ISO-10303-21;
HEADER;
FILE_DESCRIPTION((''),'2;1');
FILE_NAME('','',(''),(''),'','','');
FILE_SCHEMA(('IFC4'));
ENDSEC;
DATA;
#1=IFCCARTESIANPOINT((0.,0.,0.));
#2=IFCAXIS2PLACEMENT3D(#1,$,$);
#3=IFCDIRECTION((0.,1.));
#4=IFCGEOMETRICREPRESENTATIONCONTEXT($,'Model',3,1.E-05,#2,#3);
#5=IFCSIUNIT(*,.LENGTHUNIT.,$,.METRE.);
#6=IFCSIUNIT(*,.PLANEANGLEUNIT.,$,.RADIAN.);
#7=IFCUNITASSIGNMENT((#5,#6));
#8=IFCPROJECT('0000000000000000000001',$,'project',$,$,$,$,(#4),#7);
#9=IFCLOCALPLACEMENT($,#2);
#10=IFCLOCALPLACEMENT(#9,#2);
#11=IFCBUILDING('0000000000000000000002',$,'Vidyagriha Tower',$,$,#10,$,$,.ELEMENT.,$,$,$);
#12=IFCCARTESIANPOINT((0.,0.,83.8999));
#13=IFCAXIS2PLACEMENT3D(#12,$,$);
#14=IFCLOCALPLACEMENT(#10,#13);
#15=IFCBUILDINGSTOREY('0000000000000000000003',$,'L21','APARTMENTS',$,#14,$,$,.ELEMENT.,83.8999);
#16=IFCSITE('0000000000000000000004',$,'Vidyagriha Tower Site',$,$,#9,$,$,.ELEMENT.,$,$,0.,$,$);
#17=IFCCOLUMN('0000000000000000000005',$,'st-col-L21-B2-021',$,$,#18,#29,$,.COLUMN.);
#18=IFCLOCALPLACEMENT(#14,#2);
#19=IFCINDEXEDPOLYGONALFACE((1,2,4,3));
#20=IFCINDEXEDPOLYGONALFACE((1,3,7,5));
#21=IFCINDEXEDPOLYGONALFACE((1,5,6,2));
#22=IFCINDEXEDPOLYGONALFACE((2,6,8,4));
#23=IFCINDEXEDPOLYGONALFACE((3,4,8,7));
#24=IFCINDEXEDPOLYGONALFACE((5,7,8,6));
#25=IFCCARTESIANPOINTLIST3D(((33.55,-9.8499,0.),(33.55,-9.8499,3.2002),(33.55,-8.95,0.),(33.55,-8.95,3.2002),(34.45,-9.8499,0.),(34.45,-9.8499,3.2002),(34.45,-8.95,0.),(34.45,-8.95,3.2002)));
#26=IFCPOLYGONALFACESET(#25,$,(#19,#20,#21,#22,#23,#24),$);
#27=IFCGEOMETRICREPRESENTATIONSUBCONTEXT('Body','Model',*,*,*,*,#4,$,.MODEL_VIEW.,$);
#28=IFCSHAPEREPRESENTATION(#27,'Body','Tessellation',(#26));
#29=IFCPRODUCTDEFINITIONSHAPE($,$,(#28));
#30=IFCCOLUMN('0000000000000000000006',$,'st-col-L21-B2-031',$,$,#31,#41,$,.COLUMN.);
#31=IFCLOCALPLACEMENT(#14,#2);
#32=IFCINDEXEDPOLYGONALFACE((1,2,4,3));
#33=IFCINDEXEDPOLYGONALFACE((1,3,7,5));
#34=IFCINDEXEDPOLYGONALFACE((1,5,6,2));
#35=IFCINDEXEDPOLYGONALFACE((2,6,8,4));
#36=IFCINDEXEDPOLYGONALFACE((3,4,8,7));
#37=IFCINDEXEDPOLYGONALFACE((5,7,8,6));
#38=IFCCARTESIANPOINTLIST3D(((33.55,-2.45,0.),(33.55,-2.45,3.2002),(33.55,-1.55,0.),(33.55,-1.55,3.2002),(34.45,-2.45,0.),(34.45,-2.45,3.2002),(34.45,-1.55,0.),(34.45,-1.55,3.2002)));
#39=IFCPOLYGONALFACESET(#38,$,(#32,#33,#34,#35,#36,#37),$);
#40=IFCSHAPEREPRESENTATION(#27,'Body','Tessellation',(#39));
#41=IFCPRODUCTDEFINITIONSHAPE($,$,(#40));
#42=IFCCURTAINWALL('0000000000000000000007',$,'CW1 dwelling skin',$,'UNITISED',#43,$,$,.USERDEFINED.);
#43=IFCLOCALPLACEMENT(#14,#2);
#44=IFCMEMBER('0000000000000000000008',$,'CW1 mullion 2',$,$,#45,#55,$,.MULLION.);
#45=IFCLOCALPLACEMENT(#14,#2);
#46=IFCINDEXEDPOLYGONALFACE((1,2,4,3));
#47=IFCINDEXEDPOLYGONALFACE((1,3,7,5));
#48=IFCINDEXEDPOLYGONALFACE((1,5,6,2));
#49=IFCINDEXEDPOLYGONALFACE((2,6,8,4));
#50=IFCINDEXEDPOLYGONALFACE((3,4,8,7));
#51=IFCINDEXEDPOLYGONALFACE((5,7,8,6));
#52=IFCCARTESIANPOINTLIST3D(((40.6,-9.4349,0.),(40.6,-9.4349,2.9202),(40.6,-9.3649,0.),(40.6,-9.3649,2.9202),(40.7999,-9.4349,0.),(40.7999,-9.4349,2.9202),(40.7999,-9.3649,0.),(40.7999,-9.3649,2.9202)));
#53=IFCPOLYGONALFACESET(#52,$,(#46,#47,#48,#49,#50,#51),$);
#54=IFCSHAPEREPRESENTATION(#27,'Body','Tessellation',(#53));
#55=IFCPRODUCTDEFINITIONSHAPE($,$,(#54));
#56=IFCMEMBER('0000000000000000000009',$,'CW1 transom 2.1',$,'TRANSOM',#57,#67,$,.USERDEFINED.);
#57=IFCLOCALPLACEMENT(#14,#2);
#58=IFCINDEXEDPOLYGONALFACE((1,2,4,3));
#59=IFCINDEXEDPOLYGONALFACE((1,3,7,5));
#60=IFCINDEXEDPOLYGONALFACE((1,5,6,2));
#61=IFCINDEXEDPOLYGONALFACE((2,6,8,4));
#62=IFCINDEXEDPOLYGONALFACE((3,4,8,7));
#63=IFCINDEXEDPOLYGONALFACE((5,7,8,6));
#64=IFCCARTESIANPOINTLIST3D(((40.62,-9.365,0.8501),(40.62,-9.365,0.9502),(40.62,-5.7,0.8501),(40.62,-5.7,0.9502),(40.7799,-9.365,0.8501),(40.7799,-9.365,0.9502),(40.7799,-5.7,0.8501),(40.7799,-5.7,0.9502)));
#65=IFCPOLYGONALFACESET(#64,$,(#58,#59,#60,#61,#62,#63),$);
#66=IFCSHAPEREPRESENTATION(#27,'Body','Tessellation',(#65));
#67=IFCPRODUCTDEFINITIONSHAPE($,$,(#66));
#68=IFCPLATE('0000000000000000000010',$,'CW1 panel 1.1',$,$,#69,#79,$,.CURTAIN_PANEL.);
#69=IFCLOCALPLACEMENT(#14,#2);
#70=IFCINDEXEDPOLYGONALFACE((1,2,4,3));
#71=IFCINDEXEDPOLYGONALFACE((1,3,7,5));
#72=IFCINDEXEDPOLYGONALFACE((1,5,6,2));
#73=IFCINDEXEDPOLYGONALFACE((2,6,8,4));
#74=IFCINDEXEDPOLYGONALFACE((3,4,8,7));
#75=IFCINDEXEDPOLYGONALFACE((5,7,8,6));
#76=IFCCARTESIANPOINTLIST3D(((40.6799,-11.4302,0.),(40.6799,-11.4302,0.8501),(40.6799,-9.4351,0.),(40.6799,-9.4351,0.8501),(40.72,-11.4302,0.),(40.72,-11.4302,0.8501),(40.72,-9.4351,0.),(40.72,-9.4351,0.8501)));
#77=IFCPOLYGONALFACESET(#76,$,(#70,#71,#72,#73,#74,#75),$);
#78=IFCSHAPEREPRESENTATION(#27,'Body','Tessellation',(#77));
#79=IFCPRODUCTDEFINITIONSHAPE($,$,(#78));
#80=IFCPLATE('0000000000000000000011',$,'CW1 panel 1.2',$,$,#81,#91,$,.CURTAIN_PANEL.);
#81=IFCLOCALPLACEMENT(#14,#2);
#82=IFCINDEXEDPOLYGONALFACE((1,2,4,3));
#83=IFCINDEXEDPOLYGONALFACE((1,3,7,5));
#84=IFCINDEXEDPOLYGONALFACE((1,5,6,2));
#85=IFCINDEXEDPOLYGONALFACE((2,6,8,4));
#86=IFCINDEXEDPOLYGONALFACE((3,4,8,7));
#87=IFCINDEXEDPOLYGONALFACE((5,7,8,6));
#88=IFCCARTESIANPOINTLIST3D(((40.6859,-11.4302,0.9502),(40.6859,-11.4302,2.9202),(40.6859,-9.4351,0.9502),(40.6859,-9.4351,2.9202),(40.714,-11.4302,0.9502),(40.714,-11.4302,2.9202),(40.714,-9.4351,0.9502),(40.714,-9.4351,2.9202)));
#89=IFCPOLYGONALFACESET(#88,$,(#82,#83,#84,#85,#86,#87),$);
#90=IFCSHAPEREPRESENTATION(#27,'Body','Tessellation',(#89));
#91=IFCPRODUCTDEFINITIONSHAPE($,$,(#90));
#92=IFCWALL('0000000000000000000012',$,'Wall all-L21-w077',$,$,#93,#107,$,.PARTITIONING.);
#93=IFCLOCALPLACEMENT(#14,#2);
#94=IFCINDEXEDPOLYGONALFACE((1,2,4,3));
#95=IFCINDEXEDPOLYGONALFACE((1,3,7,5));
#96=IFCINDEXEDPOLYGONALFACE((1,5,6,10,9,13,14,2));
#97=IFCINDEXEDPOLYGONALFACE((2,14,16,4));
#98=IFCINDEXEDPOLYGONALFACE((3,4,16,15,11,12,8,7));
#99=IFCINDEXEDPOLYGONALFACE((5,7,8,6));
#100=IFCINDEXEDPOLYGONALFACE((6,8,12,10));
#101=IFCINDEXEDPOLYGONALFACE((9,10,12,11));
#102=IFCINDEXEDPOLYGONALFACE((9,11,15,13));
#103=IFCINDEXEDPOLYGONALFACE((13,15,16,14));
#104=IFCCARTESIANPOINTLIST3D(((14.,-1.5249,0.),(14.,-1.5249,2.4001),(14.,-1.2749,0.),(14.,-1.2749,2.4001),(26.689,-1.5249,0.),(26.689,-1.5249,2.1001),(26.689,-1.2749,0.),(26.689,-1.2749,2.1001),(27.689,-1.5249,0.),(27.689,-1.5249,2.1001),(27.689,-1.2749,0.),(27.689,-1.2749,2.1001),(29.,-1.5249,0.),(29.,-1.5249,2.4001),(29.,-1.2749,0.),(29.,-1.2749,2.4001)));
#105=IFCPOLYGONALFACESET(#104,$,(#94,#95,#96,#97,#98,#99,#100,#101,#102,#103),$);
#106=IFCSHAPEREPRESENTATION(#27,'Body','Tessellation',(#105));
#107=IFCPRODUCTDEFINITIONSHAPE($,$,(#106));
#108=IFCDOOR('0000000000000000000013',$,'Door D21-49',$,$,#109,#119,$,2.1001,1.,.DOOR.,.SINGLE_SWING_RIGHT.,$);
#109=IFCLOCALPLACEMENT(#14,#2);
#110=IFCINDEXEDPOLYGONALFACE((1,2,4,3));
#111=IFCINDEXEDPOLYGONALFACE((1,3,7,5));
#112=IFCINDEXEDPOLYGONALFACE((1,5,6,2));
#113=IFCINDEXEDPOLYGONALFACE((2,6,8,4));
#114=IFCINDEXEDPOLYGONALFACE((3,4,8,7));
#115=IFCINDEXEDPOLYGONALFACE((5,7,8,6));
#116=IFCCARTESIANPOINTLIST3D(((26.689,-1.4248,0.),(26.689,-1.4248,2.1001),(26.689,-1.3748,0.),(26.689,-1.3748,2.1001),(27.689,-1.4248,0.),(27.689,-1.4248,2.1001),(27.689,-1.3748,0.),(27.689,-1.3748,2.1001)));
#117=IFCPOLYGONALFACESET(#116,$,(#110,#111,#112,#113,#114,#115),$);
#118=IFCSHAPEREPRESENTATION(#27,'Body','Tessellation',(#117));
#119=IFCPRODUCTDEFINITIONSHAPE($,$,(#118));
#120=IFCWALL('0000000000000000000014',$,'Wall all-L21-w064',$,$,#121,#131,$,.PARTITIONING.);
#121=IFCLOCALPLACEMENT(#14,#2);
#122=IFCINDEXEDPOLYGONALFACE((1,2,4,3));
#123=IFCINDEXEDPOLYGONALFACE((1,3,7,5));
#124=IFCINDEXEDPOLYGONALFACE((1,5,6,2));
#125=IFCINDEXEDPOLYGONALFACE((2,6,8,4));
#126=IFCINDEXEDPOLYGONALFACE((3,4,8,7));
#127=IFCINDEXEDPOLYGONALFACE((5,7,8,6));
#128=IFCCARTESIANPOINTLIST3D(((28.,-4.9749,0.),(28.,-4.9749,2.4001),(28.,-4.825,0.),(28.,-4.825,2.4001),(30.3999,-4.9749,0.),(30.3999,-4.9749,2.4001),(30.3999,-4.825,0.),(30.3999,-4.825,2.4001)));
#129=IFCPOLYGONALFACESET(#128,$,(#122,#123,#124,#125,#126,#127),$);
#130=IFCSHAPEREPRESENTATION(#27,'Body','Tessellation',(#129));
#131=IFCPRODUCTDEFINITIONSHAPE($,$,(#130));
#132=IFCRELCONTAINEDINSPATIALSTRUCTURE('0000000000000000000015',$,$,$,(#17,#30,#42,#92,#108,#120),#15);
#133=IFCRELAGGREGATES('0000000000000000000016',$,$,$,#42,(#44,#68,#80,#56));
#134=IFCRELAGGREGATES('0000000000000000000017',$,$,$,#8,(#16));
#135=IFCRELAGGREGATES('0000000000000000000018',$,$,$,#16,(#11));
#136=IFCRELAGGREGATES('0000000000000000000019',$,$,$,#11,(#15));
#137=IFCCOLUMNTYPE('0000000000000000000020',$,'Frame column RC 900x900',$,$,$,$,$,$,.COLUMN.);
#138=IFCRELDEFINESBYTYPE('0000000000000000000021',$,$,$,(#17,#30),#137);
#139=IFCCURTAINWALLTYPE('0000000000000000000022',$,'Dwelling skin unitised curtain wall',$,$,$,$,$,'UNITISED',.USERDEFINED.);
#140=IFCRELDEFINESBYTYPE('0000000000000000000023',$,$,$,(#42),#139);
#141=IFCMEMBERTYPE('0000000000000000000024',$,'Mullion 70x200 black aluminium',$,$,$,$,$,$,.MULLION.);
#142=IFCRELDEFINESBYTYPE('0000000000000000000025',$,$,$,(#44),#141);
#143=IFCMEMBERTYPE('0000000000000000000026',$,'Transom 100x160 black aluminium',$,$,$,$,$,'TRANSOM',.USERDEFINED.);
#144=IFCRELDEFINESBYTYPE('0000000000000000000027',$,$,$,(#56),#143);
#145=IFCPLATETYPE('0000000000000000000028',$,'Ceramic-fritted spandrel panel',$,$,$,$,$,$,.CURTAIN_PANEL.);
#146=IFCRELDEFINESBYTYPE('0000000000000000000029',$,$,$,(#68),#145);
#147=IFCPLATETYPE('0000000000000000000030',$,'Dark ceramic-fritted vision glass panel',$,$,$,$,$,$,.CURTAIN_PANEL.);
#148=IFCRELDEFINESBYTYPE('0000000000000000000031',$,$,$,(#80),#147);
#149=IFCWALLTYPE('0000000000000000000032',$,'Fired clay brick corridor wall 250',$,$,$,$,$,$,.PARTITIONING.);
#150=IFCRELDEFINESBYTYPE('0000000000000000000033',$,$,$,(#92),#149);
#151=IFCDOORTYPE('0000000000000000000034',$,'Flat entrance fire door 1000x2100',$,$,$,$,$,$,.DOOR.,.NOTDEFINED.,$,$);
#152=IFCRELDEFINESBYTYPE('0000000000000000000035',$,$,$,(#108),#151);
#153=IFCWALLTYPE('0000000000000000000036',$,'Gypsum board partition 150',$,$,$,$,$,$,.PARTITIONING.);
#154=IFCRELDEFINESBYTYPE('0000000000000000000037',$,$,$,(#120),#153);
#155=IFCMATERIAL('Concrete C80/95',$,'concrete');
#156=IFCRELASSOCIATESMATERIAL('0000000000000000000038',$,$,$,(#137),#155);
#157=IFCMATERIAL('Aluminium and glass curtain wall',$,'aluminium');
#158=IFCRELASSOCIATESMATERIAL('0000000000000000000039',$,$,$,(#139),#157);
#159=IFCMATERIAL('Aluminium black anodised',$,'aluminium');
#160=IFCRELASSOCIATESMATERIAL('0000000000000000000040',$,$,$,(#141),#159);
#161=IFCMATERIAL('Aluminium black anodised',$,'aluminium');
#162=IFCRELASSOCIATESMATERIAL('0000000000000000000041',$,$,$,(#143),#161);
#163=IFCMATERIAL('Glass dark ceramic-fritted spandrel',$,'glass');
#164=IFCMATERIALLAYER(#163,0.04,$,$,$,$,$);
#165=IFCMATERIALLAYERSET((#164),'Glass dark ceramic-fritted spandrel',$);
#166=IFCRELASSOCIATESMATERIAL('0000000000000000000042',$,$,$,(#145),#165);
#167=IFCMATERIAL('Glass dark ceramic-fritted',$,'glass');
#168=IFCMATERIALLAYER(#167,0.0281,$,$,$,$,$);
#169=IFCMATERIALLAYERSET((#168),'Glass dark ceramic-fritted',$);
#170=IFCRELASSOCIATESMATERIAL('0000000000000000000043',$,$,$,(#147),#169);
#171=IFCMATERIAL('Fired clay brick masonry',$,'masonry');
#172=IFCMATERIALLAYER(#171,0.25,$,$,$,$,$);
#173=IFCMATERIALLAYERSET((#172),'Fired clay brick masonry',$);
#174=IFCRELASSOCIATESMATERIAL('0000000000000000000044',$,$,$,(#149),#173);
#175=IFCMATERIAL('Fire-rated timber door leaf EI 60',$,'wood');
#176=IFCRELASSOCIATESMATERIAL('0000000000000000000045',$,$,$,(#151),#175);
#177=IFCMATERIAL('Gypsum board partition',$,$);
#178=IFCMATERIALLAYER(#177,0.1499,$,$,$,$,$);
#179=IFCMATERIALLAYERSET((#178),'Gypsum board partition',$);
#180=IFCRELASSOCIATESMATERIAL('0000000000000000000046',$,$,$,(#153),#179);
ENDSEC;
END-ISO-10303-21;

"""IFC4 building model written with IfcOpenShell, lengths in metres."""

from ifc_helpers import new_model, si_unit, direction, frame, frame_2d, origin, origin_2d, place, context, subcontext, project, spatial, rectangle, extrude, material, layer, layer_set, material_profile, profile_set, type_object, element, fill, aggregate, save


model = new_model("IFC4")

# Units and contexts
model_context = context("Model", 3, precision=1e-05, world=origin(), true_north=direction((0.0, 1.0)))
body_context = subcontext(model_context, "Body", "Model", "MODEL_VIEW")
ifc_project = project(units=[si_unit("LENGTHUNIT", "METRE"), si_unit("PLANEANGLEUNIT", "RADIAN")], contexts=[model_context])

# Site, building, storey
site_placement = place(None, origin())
site = spatial("IfcSite", under=ifc_project, at=site_placement, Name="Vidyagriha Tower Site", CompositionType="ELEMENT", RefElevation=0.0)
building_placement = place(site_placement, origin())
building = spatial("IfcBuilding", under=site, at=building_placement, Name="Vidyagriha Tower", CompositionType="ELEMENT")
storey_placement = place(building_placement, frame((0.0, 0.0, 83.8999)))
storey = spatial("IfcBuildingStorey", under=building, at=storey_placement, Name="L21", Description="APARTMENTS", CompositionType="ELEMENT", Elevation=83.8999)

# Columns
ifc_material_1 = material(Name="Concrete C80/95", Category="concrete")
ifc_material_profile_1 = material_profile(ifc_material_1, rectangle(XDim=0.8999, YDim=0.8999, at=origin_2d()), Name="RC 900x900")
ifc_profile_set_1 = profile_set([ifc_material_profile_1], Name="Concrete C80/95")
column_type = type_object("IfcColumnType", Name="Frame column RC 900x900", PredefinedType="COLUMN", material=ifc_profile_set_1)
for number, where, name in (
    (1, (34.0, -9.3999, 0.0), "st-col-L21-B2-021"),
    (2, (34.0, -2.0, 0.0), "st-col-L21-B2-031"),
):
    element("IfcColumn", number, at=place(storey_placement, frame(where)), inside=storey, type_object=column_type, Name=name, PredefinedType="COLUMN", context=body_context, shape_type="SweptSolid", body=[
        extrude(rectangle(XDim=0.8999, YDim=0.8999, at=origin_2d()), origin(), (0.0, 0.0, 1.0), 3.2002),
    ])

# Curtain wall, members, plates
ifc_material_2 = material(Name="Aluminium and glass curtain wall", Category="aluminium")
curtain_wall_type = type_object("IfcCurtainWallType", Name="Dwelling skin unitised curtain wall", ElementType="UNITISED", PredefinedType="USERDEFINED", material=ifc_material_2)
curtain_wall_placement = place(storey_placement, origin())
curtain_wall = element("IfcCurtainWall", 3, at=curtain_wall_placement, inside=storey, type_object=curtain_wall_type, Name="CW1 dwelling skin", ObjectType="UNITISED", PredefinedType="USERDEFINED")
ifc_material_3 = material(Name="Aluminium black anodised", Category="aluminium")
ifc_material_profile_2 = material_profile(ifc_material_3, rectangle(XDim=0.2, YDim=0.0701, at=origin_2d()), Name="Mullion 70x200 black aluminium")
ifc_profile_set_2 = profile_set([ifc_material_profile_2], Name="Aluminium black anodised")
member_type_1 = type_object("IfcMemberType", Name="Mullion 70x200 black aluminium", PredefinedType="MULLION", material=ifc_profile_set_2)
member_1_placement = place(storey_placement, frame((40.7, -9.3999, 0.0), z_axis=(0.0, 0.0, 1.0), x_axis=(-1.0, 0.0, 0.0)))
member_1 = element("IfcMember", 4, at=member_1_placement, type_object=member_type_1, Name="CW1 mullion 2", PredefinedType="MULLION", context=body_context, shape_type="SweptSolid", body=[
    extrude(rectangle(XDim=0.2, YDim=0.0701, at=origin_2d()), origin(), (0.0, 0.0, 1.0), 2.9202),
])
ifc_material_4 = material(Name="Aluminium black anodised", Category="aluminium")
ifc_material_profile_3 = material_profile(ifc_material_4, rectangle(XDim=0.1599, YDim=0.1001, at=origin_2d()), Name="Transom 100x160 black aluminium")
ifc_profile_set_3 = profile_set([ifc_material_profile_3], Name="Aluminium black anodised")
member_type_2 = type_object("IfcMemberType", Name="Transom 100x160 black aluminium", ElementType="TRANSOM", PredefinedType="USERDEFINED", material=ifc_profile_set_3)
member_2_placement = place(storey_placement, frame((40.7, -9.365, 0.9001), z_axis=(0.0, 1.0, 0.0), x_axis=(-1.0, 0.0, 0.0)))
member_2 = element("IfcMember", 5, at=member_2_placement, type_object=member_type_2, Name="CW1 transom 2.1", ObjectType="TRANSOM", PredefinedType="USERDEFINED", context=body_context, shape_type="SweptSolid", body=[
    extrude(rectangle(XDim=0.1599, YDim=0.1001, at=origin_2d()), origin(), (0.0, 0.0, 1.0), 3.665),
])
ifc_material_5 = material(Name="Glass dark ceramic-fritted spandrel", Category="glass")
ifc_layer_1 = layer(ifc_material_5, 0.04)
ifc_layer_set_1 = layer_set([ifc_layer_1], Name="Glass dark ceramic-fritted spandrel")
plate_type_1 = type_object("IfcPlateType", Name="Ceramic-fritted spandrel panel", PredefinedType="CURTAIN_PANEL", material=ifc_layer_set_1)
plate_1_placement = place(storey_placement, frame((40.7, -10.4326, 0.0), z_axis=(0.0, 0.0, 1.0), x_axis=(0.0, 1.0, 0.0)))
plate_1 = element("IfcPlate", 6, at=plate_1_placement, type_object=plate_type_1, Name="CW1 panel 1.1", PredefinedType="CURTAIN_PANEL", context=body_context, shape_type="SweptSolid", body=[
    extrude(rectangle(XDim=1.9951, YDim=0.04, at=origin_2d()), origin(), (0.0, 0.0, 1.0), 0.8501),
])
ifc_material_6 = material(Name="Glass dark ceramic-fritted", Category="glass")
ifc_layer_2 = layer(ifc_material_6, 0.0281)
ifc_layer_set_2 = layer_set([ifc_layer_2], Name="Glass dark ceramic-fritted")
plate_type_2 = type_object("IfcPlateType", Name="Dark ceramic-fritted vision glass panel", PredefinedType="CURTAIN_PANEL", material=ifc_layer_set_2)
plate_2_placement = place(storey_placement, frame((40.7, -10.4326, 0.9502), z_axis=(0.0, 0.0, 1.0), x_axis=(0.0, 1.0, 0.0)))
plate_2 = element("IfcPlate", 7, at=plate_2_placement, type_object=plate_type_2, Name="CW1 panel 1.2", PredefinedType="CURTAIN_PANEL", context=body_context, shape_type="SweptSolid", body=[
    extrude(rectangle(XDim=1.9951, YDim=0.0281, at=origin_2d()), origin(), (0.0, 0.0, 1.0), 1.97),
])
aggregate(curtain_wall, [member_1, plate_1, plate_2, member_2])

# Wall, opening, door
ifc_material_7 = material(Name="Fired clay brick masonry", Category="masonry")
ifc_layer_3 = layer(ifc_material_7, 0.25)
ifc_layer_set_3 = layer_set([ifc_layer_3], Name="Fired clay brick masonry")
wall_type_1 = type_object("IfcWallType", Name="Fired clay brick corridor wall 250", PredefinedType="PARTITIONING", material=ifc_layer_set_3)
wall_1_placement = place(storey_placement, frame((29.0, -1.3999, 0.0), z_axis=(0.0, 0.0, 1.0), x_axis=(-1.0, 0.0, 0.0)))
wall_1 = element("IfcWall", 8, at=wall_1_placement, inside=storey, type_object=wall_type_1, Name="Wall all-L21-w077", PredefinedType="PARTITIONING", context=body_context, shape_type="SweptSolid", body=[
    extrude(rectangle(XDim=15.0, YDim=0.25, at=frame_2d((7.5, 0.0))), origin(), (0.0, 0.0, 1.0), 2.4001),
])
opening_1_placement = place(wall_1_placement, frame((1.311, 0.0, 0.0)))
opening_1 = element("IfcOpeningElement", 9, at=opening_1_placement, cuts=wall_1, PredefinedType="OPENING", context=body_context, shape_type="SweptSolid", body=[
    extrude(rectangle(XDim=1.0, YDim=2.1001, at=frame_2d((0.5, 1.05))), frame((0.0, 0.135, 0.0), z_axis=(0.0, -1.0, 0.0), x_axis=(1.0, 0.0, 0.0)), (0.0, 0.0, 1.0), 0.27),
])
ifc_material_8 = material(Name="Fire-rated timber door leaf EI 60", Category="wood")
door_type_1 = type_object("IfcDoorType", Name="Flat entrance fire door 1000x2100", OperationType="NOTDEFINED", PredefinedType="DOOR", material=ifc_material_8)
door_1_placement = place(opening_1_placement, origin())
door_1 = element("IfcDoor", 10, at=door_1_placement, inside=storey, type_object=door_type_1, Name="Door D21-49", OperationType="SINGLE_SWING_RIGHT", OverallHeight=2.1001, OverallWidth=1.0, PredefinedType="DOOR", context=body_context, shape_type="SweptSolid", body=[
    extrude(rectangle(XDim=1.0, YDim=2.1001, at=frame_2d((0.5, 1.05))), frame((0.0, 0.0249, 0.0), z_axis=(0.0, -1.0, 0.0), x_axis=(1.0, 0.0, 0.0)), (0.0, 0.0, 1.0), 0.05),
])
fill(opening_1, door_1)

# Wall
ifc_material_9 = material(Name="Gypsum board partition")
ifc_layer_4 = layer(ifc_material_9, 0.1499)
ifc_layer_set_4 = layer_set([ifc_layer_4], Name="Gypsum board partition")
wall_type_2 = type_object("IfcWallType", Name="Gypsum board partition 150", PredefinedType="PARTITIONING", material=ifc_layer_set_4)
wall_2_placement = place(storey_placement, frame((30.3999, -4.8999, 0.0), z_axis=(0.0, 0.0, 1.0), x_axis=(-1.0, 0.0, 0.0)))
element("IfcWall", 11, at=wall_2_placement, inside=storey, type_object=wall_type_2, Name="Wall all-L21-w064", PredefinedType="PARTITIONING", context=body_context, shape_type="SweptSolid", body=[
    extrude(rectangle(XDim=2.3999, YDim=0.1499, at=frame_2d((1.2, 0.0))), origin(), (0.0, 0.0, 1.0), 2.4001),
])

save(model, "model.ifc")
